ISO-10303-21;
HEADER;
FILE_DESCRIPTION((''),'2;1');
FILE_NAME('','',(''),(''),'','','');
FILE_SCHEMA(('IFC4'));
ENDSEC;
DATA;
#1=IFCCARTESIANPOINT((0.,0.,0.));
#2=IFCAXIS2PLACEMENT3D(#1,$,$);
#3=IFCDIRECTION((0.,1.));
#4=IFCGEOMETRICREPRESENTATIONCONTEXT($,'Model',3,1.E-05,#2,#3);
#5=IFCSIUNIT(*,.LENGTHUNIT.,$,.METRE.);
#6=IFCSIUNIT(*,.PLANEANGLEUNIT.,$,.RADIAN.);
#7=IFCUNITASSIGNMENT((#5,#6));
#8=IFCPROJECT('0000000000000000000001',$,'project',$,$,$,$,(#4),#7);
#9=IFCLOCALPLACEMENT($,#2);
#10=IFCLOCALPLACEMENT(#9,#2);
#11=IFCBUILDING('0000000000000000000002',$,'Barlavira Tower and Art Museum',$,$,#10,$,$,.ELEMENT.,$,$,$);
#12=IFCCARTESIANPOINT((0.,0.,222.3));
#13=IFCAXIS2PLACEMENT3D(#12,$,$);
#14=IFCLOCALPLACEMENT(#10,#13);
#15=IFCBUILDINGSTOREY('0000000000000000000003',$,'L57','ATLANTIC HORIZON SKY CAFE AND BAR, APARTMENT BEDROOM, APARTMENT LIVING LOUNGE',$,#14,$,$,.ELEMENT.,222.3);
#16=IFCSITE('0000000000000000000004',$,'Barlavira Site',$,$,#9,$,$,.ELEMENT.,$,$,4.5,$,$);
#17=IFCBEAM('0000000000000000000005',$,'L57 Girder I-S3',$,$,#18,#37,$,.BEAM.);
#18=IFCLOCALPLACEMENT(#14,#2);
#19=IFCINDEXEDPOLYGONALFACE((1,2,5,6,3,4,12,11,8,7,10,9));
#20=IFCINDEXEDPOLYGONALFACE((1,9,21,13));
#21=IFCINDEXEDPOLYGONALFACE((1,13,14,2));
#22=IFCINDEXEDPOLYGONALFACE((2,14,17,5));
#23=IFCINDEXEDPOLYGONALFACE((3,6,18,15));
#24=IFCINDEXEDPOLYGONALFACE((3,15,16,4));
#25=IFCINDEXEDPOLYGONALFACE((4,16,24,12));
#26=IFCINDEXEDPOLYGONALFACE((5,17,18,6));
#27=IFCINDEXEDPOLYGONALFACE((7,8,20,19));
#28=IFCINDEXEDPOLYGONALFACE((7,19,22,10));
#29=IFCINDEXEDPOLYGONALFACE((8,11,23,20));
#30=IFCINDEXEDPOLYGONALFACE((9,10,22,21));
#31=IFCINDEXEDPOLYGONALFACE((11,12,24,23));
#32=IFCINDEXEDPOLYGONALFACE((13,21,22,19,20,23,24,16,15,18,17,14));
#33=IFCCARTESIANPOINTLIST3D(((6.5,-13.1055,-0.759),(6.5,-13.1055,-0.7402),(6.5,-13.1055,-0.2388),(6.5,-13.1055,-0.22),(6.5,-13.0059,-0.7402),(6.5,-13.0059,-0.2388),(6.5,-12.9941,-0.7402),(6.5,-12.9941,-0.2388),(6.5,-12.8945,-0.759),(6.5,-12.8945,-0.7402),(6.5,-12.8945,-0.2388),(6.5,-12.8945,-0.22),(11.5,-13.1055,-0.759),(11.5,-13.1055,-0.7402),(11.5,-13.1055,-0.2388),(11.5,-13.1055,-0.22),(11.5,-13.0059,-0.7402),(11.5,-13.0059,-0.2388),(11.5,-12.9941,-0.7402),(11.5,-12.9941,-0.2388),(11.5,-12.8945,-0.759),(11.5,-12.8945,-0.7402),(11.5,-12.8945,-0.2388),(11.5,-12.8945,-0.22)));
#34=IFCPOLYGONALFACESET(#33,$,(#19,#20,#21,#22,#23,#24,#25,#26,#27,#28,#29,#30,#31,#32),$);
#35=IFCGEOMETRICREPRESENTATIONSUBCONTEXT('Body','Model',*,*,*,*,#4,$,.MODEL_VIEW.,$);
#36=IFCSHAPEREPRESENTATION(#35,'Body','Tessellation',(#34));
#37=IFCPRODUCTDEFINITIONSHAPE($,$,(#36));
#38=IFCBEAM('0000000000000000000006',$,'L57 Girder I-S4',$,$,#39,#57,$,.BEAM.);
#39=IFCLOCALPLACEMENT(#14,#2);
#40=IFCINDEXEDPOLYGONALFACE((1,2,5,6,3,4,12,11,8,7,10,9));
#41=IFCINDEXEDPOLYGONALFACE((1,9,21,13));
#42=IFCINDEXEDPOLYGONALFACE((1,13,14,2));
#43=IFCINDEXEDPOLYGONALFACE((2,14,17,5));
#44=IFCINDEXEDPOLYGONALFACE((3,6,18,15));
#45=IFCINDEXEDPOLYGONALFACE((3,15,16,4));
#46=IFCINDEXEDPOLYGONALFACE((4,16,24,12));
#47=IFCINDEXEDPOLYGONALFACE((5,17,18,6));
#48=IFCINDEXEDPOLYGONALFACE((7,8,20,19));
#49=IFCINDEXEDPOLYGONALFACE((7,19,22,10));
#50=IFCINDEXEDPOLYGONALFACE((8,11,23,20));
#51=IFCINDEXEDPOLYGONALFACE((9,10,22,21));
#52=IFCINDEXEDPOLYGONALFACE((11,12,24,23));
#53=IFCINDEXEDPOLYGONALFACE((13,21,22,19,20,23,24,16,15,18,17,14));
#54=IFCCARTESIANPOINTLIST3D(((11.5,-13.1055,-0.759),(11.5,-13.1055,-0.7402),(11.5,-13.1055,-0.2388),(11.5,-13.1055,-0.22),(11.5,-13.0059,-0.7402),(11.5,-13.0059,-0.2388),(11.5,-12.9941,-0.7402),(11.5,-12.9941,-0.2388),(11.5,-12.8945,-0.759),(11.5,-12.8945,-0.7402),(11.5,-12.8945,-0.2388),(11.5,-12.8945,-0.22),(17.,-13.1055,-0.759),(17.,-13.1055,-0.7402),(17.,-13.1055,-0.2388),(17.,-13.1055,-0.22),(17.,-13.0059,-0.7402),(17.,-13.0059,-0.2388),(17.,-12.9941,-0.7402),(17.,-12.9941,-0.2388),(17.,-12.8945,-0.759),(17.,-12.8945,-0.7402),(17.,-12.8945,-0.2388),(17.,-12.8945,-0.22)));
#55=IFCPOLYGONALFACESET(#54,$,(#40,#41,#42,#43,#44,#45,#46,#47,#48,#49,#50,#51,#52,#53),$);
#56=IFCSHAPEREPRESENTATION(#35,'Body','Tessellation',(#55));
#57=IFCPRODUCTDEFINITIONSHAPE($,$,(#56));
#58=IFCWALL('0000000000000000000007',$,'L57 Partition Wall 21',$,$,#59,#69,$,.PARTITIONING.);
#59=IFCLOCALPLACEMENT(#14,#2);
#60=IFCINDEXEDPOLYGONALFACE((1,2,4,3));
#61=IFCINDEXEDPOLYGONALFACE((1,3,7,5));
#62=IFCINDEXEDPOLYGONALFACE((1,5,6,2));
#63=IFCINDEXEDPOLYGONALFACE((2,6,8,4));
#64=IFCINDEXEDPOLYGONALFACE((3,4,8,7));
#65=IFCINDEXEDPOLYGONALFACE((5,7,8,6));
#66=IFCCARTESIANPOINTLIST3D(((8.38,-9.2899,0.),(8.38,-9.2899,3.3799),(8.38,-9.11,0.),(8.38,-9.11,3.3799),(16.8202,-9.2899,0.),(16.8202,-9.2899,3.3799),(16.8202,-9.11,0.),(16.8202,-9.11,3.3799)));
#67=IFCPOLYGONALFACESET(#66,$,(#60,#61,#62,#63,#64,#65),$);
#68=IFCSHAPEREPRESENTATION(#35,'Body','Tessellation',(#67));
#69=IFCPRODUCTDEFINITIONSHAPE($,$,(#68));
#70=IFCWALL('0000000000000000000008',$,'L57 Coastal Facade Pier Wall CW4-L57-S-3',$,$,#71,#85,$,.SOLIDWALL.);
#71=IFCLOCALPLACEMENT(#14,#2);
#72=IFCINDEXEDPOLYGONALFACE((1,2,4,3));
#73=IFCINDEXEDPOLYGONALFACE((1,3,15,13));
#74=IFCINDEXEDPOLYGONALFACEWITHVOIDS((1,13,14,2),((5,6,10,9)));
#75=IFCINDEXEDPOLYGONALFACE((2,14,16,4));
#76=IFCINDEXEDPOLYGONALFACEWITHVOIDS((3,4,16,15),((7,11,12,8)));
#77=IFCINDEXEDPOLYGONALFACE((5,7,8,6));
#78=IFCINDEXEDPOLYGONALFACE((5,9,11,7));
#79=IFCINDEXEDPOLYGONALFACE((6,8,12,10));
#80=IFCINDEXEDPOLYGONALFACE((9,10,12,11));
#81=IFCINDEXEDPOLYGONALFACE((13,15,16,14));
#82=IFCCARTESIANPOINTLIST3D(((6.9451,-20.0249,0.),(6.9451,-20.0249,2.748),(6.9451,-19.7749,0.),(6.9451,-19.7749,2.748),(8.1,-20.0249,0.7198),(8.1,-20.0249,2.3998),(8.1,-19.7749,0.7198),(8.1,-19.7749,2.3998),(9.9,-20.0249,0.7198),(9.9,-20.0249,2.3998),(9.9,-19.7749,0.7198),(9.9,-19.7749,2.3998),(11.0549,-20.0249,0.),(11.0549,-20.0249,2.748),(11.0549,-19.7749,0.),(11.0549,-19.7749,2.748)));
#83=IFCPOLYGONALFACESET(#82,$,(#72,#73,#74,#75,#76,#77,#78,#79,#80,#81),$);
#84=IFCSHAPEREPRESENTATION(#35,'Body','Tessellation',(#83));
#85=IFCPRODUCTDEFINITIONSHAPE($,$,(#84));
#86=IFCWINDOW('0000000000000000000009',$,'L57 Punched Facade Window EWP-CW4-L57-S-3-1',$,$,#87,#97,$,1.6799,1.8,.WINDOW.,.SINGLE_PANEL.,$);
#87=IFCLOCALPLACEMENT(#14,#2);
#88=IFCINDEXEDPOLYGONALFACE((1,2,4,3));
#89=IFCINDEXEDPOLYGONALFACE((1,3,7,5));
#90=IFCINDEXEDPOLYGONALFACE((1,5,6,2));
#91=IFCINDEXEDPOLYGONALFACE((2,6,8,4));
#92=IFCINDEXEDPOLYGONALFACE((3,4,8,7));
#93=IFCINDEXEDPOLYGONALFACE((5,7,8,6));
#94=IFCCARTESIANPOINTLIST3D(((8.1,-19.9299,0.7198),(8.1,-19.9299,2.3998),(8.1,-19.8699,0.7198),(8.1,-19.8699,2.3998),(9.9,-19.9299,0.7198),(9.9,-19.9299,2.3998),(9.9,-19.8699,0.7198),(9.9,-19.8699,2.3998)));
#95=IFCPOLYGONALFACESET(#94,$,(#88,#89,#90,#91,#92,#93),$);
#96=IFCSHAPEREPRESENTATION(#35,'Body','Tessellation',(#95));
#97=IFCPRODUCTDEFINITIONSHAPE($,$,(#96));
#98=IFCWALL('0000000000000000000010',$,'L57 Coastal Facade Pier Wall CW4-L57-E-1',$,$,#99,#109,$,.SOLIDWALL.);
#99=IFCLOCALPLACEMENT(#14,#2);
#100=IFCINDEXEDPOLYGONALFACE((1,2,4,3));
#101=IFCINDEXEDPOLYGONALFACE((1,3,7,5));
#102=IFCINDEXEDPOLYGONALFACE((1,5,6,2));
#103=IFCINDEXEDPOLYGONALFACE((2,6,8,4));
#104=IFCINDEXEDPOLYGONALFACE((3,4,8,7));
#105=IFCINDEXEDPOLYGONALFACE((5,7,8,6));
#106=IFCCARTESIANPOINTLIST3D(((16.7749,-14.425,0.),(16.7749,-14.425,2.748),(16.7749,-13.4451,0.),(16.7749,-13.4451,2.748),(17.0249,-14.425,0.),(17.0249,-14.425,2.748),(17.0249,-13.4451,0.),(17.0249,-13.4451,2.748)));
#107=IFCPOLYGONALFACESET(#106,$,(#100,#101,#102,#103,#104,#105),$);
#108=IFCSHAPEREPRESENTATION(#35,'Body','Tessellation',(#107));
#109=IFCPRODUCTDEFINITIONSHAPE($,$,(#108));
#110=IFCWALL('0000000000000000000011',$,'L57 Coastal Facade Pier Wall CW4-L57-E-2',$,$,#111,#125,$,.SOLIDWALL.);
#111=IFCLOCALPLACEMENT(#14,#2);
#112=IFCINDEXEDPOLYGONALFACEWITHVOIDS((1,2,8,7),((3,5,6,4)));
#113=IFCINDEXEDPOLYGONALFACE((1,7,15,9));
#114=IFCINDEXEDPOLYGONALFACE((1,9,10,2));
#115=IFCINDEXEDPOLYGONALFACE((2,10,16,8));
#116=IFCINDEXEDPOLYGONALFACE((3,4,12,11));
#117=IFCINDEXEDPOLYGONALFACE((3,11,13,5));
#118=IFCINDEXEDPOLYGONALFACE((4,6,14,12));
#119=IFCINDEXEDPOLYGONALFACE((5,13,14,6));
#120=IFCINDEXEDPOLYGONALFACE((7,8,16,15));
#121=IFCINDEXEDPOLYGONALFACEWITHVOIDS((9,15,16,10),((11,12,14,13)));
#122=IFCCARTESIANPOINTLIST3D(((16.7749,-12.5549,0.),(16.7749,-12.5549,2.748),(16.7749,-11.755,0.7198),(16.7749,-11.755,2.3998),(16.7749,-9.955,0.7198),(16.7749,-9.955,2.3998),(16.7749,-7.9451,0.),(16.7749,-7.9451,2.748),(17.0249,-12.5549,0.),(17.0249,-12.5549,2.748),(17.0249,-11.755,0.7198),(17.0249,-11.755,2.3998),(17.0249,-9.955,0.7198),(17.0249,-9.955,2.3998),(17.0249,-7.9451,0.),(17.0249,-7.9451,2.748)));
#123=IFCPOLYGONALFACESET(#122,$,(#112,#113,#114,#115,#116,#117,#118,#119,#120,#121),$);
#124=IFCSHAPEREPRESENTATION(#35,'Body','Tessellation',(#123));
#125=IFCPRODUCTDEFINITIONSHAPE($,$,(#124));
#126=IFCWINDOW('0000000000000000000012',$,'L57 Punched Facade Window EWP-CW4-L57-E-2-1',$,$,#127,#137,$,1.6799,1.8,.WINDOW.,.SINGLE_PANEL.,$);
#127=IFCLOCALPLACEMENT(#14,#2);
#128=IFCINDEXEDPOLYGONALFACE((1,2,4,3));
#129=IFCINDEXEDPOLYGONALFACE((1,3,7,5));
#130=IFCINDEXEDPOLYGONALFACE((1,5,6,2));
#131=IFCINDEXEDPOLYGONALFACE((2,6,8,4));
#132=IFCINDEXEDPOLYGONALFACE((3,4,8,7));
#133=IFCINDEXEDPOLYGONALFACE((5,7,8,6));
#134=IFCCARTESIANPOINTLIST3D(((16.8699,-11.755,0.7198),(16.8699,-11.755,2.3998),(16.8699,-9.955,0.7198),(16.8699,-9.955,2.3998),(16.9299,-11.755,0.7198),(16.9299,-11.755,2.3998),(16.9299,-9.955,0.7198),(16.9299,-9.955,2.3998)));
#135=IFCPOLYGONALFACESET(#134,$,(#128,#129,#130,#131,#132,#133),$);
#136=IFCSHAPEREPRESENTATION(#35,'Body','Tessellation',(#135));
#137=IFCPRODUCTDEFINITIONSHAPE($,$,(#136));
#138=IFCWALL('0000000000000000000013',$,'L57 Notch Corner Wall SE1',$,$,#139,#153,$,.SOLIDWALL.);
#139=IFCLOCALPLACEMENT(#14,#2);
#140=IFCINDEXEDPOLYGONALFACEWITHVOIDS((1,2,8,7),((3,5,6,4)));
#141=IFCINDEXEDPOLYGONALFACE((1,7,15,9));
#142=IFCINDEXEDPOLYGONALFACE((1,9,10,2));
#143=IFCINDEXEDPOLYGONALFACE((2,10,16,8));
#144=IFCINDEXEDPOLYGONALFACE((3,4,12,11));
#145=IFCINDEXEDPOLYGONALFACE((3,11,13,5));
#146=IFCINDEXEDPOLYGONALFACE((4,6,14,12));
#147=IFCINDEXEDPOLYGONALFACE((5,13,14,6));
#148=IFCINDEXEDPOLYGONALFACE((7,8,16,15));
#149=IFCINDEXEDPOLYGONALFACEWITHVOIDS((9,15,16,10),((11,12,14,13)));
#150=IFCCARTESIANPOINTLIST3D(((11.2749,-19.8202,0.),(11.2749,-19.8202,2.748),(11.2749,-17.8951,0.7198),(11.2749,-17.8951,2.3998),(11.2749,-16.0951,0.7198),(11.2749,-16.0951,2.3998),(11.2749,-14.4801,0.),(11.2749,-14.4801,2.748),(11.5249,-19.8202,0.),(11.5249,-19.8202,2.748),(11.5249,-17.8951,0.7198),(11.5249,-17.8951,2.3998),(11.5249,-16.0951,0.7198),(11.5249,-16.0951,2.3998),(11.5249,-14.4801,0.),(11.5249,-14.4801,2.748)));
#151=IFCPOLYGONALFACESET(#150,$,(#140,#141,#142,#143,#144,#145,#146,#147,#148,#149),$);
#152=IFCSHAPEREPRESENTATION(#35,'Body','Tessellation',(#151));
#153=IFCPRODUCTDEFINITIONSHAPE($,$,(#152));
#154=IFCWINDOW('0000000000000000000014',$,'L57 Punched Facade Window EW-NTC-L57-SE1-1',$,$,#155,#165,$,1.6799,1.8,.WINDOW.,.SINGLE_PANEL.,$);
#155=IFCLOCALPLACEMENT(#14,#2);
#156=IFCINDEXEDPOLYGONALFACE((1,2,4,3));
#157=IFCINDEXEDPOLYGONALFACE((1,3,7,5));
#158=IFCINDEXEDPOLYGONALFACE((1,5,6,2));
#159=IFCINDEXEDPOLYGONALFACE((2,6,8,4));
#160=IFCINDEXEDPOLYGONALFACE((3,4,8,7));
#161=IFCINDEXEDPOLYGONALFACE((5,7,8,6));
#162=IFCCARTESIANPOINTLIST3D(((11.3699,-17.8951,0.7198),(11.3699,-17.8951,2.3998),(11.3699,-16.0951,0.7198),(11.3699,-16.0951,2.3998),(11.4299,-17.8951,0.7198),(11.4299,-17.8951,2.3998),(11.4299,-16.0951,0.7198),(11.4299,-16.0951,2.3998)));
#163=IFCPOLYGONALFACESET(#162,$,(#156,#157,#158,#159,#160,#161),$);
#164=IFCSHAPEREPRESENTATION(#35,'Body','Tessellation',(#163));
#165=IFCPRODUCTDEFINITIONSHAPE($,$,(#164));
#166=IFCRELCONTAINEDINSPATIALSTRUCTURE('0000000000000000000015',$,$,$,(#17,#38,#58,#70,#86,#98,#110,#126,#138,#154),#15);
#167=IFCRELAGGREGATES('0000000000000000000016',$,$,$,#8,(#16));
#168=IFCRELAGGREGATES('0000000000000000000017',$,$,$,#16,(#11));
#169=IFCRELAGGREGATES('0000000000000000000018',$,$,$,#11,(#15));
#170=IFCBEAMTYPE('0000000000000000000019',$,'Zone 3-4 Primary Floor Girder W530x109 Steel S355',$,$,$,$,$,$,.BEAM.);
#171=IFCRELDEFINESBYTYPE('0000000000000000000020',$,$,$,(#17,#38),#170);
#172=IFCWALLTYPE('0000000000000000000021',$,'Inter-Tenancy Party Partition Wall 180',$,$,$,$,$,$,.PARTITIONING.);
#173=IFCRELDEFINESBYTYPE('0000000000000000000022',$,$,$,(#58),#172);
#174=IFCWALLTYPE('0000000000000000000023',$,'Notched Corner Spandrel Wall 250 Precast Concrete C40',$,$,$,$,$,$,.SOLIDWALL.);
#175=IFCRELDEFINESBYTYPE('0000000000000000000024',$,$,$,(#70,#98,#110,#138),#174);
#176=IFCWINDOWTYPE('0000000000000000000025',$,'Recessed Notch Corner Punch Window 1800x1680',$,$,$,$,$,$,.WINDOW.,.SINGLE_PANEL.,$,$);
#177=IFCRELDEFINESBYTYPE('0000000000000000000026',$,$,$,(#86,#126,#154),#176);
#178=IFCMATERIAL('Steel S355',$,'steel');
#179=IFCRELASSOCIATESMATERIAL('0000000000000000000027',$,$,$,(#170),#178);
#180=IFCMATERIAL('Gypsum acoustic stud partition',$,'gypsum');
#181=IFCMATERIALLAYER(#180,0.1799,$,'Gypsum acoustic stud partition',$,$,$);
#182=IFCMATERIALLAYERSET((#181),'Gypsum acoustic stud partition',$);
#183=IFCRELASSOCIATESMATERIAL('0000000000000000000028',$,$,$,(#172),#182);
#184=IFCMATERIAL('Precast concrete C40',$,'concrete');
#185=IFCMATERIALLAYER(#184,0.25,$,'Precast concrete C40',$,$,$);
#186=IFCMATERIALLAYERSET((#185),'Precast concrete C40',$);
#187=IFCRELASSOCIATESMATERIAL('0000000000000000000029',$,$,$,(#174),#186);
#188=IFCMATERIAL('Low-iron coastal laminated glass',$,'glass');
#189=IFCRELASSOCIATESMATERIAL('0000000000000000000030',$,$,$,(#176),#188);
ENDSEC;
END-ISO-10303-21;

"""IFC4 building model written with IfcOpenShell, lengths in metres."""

from ifc_helpers import new_model, si_unit, direction, frame, frame_2d, origin, origin_2d, place, context, subcontext, project, spatial, rectangle, i_section, extrude, material, layer, layer_set, material_profile, profile_set, type_object, element, fill, save


model = new_model("IFC4")

# Units and contexts
model_context = context("Model", 3, precision=1e-05, world=origin(), true_north=direction((0.0, 1.0)))
body_context = subcontext(model_context, "Body", "Model", "MODEL_VIEW")
ifc_project = project(units=[si_unit("LENGTHUNIT", "METRE"), si_unit("PLANEANGLEUNIT", "RADIAN")], contexts=[model_context])

# Site, building, storey
site_placement = place(None, origin())
site = spatial("IfcSite", under=ifc_project, at=site_placement, Name="Barlavira Site", CompositionType="ELEMENT", RefElevation=4.5)
building_placement = place(site_placement, origin())
building = spatial("IfcBuilding", under=site, at=building_placement, Name="Barlavira Tower and Art Museum", CompositionType="ELEMENT")
storey_placement = place(building_placement, frame((0.0, 0.0, 222.3)))
storey = spatial("IfcBuildingStorey", under=building, at=storey_placement, Name="L57", Description="ATLANTIC HORIZON SKY CAFE AND BAR, APARTMENT BEDROOM, APARTMENT LIVING LOUNGE", CompositionType="ELEMENT", Elevation=222.3)

# Shared definitions
ifc_material_1 = material(Name="Steel S355", Category="steel")

# Beams
ifc_material_profile_1 = material_profile(ifc_material_1, i_section(OverallWidth=0.2109, OverallDepth=0.5391, WebThickness=0.0117, FlangeThickness=0.0188, at=origin_2d()), Name="W530x109.0")
ifc_profile_set_1 = profile_set([ifc_material_profile_1], Name="Steel S355")
beam_type_1 = type_object("IfcBeamType", Name="Zone 3-4 Primary Floor Girder W530x109 Steel S355", PredefinedType="BEAM", material=ifc_profile_set_1)
beam_1_placement = place(storey_placement, frame((6.5, -13.0, -0.4895), z_axis=(1.0, 0.0, 0.0), x_axis=(0.0, 1.0, 0.0)))
element("IfcBeam", 1, at=beam_1_placement, inside=storey, type_object=beam_type_1, Name="L57 Girder I-S3", PredefinedType="BEAM", context=body_context, shape_type="SweptSolid", body=[
    extrude(i_section(OverallWidth=0.2109, OverallDepth=0.5391, WebThickness=0.0117, FlangeThickness=0.0188, at=origin_2d()), origin(), (0.0, 0.0, 1.0), 5.0),
])
beam_2_placement = place(storey_placement, frame((11.5, -13.0, -0.4895), z_axis=(1.0, 0.0, 0.0), x_axis=(0.0, 1.0, 0.0)))
element("IfcBeam", 2, at=beam_2_placement, inside=storey, type_object=beam_type_1, Name="L57 Girder I-S4", PredefinedType="BEAM", context=body_context, shape_type="SweptSolid", body=[
    extrude(i_section(OverallWidth=0.2109, OverallDepth=0.5391, WebThickness=0.0117, FlangeThickness=0.0188, at=origin_2d()), origin(), (0.0, 0.0, 1.0), 5.5),
])

# Shared definitions
ifc_material_2 = material(Name="Gypsum acoustic stud partition", Category="gypsum")
ifc_layer_1 = layer(ifc_material_2, 0.1799, Name="Gypsum acoustic stud partition")
ifc_layer_set_1 = layer_set([ifc_layer_1], Name="Gypsum acoustic stud partition")
wall_type_1 = type_object("IfcWallType", Name="Inter-Tenancy Party Partition Wall 180", PredefinedType="PARTITIONING", material=ifc_layer_set_1)

# Wall
wall_1_placement = place(storey_placement, frame((8.3799, -9.2, 0.0), z_axis=(0.0, 0.0, 1.0), x_axis=(1.0, 0.0, 0.0)))
element("IfcWall", 3, at=wall_1_placement, inside=storey, type_object=wall_type_1, Name="L57 Partition Wall 21", PredefinedType="PARTITIONING", context=body_context, shape_type="SweptSolid", body=[
    extrude(rectangle(XDim=8.4402, YDim=0.1799, at=frame_2d((4.2202, 0.0))), origin(), (0.0, 0.0, 1.0), 3.3799),
])

# Wall, opening, window
ifc_material_3 = material(Name="Precast concrete C40", Category="concrete")
ifc_layer_2 = layer(ifc_material_3, 0.25, Name="Precast concrete C40")
ifc_layer_set_2 = layer_set([ifc_layer_2], Name="Precast concrete C40")
wall_type_2 = type_object("IfcWallType", Name="Notched Corner Spandrel Wall 250 Precast Concrete C40", PredefinedType="SOLIDWALL", material=ifc_layer_set_2)
wall_2_placement = place(storey_placement, frame((6.9451, -19.8999, 0.0), z_axis=(0.0, 0.0, 1.0), x_axis=(1.0, 0.0, 0.0)))
wall_2 = element("IfcWall", 4, at=wall_2_placement, inside=storey, type_object=wall_type_2, Name="L57 Coastal Facade Pier Wall CW4-L57-S-3", PredefinedType="SOLIDWALL", context=body_context, shape_type="SweptSolid", body=[
    extrude(rectangle(XDim=4.1099, YDim=0.25, at=frame_2d((2.0549, 0.0))), origin(), (0.0, 0.0, 1.0), 2.748),
])
opening_1_placement = place(wall_2_placement, frame((1.155, 0.0, 0.72)))
opening_1 = element("IfcOpeningElement", 5, at=opening_1_placement, cuts=wall_2, PredefinedType="OPENING", context=body_context, shape_type="SweptSolid", body=[
    extrude(rectangle(XDim=1.8, YDim=1.6799, at=frame_2d((0.8999, 0.8398))), frame((0.0, 0.135, 0.0), z_axis=(0.0, -1.0, 0.0), x_axis=(1.0, 0.0, 0.0)), (0.0, 0.0, 1.0), 0.27),
])
ifc_material_4 = material(Name="Low-iron coastal laminated glass", Category="glass")
window_type = type_object("IfcWindowType", Name="Recessed Notch Corner Punch Window 1800x1680", PartitioningType="SINGLE_PANEL", PredefinedType="WINDOW", material=ifc_material_4)
window_1_placement = place(opening_1_placement, origin())
window_1 = element("IfcWindow", 6, at=window_1_placement, inside=storey, type_object=window_type, Name="L57 Punched Facade Window EWP-CW4-L57-S-3-1", OverallHeight=1.6799, OverallWidth=1.8, PartitioningType="SINGLE_PANEL", PredefinedType="WINDOW", context=body_context, shape_type="SweptSolid", body=[
    extrude(rectangle(XDim=1.8, YDim=1.6799, at=frame_2d((0.8999, 0.8398))), frame((0.0, 0.03, 0.0), z_axis=(0.0, -1.0, 0.0), x_axis=(1.0, 0.0, 0.0)), (0.0, 0.0, 1.0), 0.0601),
])
fill(opening_1, window_1)

# Wall
wall_3_placement = place(storey_placement, frame((16.8999, -14.425, 0.0), z_axis=(0.0, 0.0, 1.0), x_axis=(0.0, 1.0, 0.0)))
element("IfcWall", 7, at=wall_3_placement, inside=storey, type_object=wall_type_2, Name="L57 Coastal Facade Pier Wall CW4-L57-E-1", PredefinedType="SOLIDWALL", context=body_context, shape_type="SweptSolid", body=[
    extrude(rectangle(XDim=0.98, YDim=0.25, at=frame_2d((0.49, 0.0))), origin(), (0.0, 0.0, 1.0), 2.748),
])

# Walls, openings, windows
wall_4_placement = place(storey_placement, frame((16.8999, -12.5549, 0.0), z_axis=(0.0, 0.0, 1.0), x_axis=(0.0, 1.0, 0.0)))
wall_4 = element("IfcWall", 8, at=wall_4_placement, inside=storey, type_object=wall_type_2, Name="L57 Coastal Facade Pier Wall CW4-L57-E-2", PredefinedType="SOLIDWALL", context=body_context, shape_type="SweptSolid", body=[
    extrude(rectangle(XDim=4.6099, YDim=0.25, at=frame_2d((2.3049, 0.0))), origin(), (0.0, 0.0, 1.0), 2.748),
])
opening_2_placement = place(wall_4_placement, frame((0.8, 0.0, 0.72)))
opening_2 = element("IfcOpeningElement", 9, at=opening_2_placement, cuts=wall_4, PredefinedType="OPENING", context=body_context, shape_type="SweptSolid", body=[
    extrude(rectangle(XDim=1.8, YDim=1.6799, at=frame_2d((0.8999, 0.8398))), frame((0.0, 0.135, 0.0), z_axis=(0.0, -1.0, 0.0), x_axis=(1.0, 0.0, 0.0)), (0.0, 0.0, 1.0), 0.27),
])
window_2_placement = place(opening_2_placement, origin())
window_2 = element("IfcWindow", 10, at=window_2_placement, inside=storey, type_object=window_type, Name="L57 Punched Facade Window EWP-CW4-L57-E-2-1", OverallHeight=1.6799, OverallWidth=1.8, PartitioningType="SINGLE_PANEL", PredefinedType="WINDOW", context=body_context, shape_type="SweptSolid", body=[
    extrude(rectangle(XDim=1.8, YDim=1.6799, at=frame_2d((0.8999, 0.8398))), frame((0.0, 0.03, 0.0), z_axis=(0.0, -1.0, 0.0), x_axis=(1.0, 0.0, 0.0)), (0.0, 0.0, 1.0), 0.0601),
])
fill(opening_2, window_2)
wall_5_placement = place(storey_placement, frame((11.3999, -19.8201, 0.0), z_axis=(0.0, 0.0, 1.0), x_axis=(0.0, 1.0, 0.0)))
wall_5 = element("IfcWall", 11, at=wall_5_placement, inside=storey, type_object=wall_type_2, Name="L57 Notch Corner Wall SE1", PredefinedType="SOLIDWALL", context=body_context, shape_type="SweptSolid", body=[
    extrude(rectangle(XDim=5.3401, YDim=0.25, at=frame_2d((2.6699, 0.0))), origin(), (0.0, 0.0, 1.0), 2.748),
])
opening_3_placement = place(wall_5_placement, frame((1.925, 0.0, 0.72)))
opening_3 = element("IfcOpeningElement", 12, at=opening_3_placement, cuts=wall_5, PredefinedType="OPENING", context=body_context, shape_type="SweptSolid", body=[
    extrude(rectangle(XDim=1.8, YDim=1.6799, at=frame_2d((0.8999, 0.8398))), frame((0.0, 0.135, 0.0), z_axis=(0.0, -1.0, 0.0), x_axis=(1.0, 0.0, 0.0)), (0.0, 0.0, 1.0), 0.27),
])
window_3_placement = place(opening_3_placement, origin())
window_3 = element("IfcWindow", 13, at=window_3_placement, inside=storey, type_object=window_type, Name="L57 Punched Facade Window EW-NTC-L57-SE1-1", OverallHeight=1.6799, OverallWidth=1.8, PartitioningType="SINGLE_PANEL", PredefinedType="WINDOW", context=body_context, shape_type="SweptSolid", body=[
    extrude(rectangle(XDim=1.8, YDim=1.6799, at=frame_2d((0.8999, 0.8398))), frame((0.0, 0.03, 0.0), z_axis=(0.0, -1.0, 0.0), x_axis=(1.0, 0.0, 0.0)), (0.0, 0.0, 1.0), 0.0601),
])
fill(opening_3, window_3)

save(model, "model.ifc")
